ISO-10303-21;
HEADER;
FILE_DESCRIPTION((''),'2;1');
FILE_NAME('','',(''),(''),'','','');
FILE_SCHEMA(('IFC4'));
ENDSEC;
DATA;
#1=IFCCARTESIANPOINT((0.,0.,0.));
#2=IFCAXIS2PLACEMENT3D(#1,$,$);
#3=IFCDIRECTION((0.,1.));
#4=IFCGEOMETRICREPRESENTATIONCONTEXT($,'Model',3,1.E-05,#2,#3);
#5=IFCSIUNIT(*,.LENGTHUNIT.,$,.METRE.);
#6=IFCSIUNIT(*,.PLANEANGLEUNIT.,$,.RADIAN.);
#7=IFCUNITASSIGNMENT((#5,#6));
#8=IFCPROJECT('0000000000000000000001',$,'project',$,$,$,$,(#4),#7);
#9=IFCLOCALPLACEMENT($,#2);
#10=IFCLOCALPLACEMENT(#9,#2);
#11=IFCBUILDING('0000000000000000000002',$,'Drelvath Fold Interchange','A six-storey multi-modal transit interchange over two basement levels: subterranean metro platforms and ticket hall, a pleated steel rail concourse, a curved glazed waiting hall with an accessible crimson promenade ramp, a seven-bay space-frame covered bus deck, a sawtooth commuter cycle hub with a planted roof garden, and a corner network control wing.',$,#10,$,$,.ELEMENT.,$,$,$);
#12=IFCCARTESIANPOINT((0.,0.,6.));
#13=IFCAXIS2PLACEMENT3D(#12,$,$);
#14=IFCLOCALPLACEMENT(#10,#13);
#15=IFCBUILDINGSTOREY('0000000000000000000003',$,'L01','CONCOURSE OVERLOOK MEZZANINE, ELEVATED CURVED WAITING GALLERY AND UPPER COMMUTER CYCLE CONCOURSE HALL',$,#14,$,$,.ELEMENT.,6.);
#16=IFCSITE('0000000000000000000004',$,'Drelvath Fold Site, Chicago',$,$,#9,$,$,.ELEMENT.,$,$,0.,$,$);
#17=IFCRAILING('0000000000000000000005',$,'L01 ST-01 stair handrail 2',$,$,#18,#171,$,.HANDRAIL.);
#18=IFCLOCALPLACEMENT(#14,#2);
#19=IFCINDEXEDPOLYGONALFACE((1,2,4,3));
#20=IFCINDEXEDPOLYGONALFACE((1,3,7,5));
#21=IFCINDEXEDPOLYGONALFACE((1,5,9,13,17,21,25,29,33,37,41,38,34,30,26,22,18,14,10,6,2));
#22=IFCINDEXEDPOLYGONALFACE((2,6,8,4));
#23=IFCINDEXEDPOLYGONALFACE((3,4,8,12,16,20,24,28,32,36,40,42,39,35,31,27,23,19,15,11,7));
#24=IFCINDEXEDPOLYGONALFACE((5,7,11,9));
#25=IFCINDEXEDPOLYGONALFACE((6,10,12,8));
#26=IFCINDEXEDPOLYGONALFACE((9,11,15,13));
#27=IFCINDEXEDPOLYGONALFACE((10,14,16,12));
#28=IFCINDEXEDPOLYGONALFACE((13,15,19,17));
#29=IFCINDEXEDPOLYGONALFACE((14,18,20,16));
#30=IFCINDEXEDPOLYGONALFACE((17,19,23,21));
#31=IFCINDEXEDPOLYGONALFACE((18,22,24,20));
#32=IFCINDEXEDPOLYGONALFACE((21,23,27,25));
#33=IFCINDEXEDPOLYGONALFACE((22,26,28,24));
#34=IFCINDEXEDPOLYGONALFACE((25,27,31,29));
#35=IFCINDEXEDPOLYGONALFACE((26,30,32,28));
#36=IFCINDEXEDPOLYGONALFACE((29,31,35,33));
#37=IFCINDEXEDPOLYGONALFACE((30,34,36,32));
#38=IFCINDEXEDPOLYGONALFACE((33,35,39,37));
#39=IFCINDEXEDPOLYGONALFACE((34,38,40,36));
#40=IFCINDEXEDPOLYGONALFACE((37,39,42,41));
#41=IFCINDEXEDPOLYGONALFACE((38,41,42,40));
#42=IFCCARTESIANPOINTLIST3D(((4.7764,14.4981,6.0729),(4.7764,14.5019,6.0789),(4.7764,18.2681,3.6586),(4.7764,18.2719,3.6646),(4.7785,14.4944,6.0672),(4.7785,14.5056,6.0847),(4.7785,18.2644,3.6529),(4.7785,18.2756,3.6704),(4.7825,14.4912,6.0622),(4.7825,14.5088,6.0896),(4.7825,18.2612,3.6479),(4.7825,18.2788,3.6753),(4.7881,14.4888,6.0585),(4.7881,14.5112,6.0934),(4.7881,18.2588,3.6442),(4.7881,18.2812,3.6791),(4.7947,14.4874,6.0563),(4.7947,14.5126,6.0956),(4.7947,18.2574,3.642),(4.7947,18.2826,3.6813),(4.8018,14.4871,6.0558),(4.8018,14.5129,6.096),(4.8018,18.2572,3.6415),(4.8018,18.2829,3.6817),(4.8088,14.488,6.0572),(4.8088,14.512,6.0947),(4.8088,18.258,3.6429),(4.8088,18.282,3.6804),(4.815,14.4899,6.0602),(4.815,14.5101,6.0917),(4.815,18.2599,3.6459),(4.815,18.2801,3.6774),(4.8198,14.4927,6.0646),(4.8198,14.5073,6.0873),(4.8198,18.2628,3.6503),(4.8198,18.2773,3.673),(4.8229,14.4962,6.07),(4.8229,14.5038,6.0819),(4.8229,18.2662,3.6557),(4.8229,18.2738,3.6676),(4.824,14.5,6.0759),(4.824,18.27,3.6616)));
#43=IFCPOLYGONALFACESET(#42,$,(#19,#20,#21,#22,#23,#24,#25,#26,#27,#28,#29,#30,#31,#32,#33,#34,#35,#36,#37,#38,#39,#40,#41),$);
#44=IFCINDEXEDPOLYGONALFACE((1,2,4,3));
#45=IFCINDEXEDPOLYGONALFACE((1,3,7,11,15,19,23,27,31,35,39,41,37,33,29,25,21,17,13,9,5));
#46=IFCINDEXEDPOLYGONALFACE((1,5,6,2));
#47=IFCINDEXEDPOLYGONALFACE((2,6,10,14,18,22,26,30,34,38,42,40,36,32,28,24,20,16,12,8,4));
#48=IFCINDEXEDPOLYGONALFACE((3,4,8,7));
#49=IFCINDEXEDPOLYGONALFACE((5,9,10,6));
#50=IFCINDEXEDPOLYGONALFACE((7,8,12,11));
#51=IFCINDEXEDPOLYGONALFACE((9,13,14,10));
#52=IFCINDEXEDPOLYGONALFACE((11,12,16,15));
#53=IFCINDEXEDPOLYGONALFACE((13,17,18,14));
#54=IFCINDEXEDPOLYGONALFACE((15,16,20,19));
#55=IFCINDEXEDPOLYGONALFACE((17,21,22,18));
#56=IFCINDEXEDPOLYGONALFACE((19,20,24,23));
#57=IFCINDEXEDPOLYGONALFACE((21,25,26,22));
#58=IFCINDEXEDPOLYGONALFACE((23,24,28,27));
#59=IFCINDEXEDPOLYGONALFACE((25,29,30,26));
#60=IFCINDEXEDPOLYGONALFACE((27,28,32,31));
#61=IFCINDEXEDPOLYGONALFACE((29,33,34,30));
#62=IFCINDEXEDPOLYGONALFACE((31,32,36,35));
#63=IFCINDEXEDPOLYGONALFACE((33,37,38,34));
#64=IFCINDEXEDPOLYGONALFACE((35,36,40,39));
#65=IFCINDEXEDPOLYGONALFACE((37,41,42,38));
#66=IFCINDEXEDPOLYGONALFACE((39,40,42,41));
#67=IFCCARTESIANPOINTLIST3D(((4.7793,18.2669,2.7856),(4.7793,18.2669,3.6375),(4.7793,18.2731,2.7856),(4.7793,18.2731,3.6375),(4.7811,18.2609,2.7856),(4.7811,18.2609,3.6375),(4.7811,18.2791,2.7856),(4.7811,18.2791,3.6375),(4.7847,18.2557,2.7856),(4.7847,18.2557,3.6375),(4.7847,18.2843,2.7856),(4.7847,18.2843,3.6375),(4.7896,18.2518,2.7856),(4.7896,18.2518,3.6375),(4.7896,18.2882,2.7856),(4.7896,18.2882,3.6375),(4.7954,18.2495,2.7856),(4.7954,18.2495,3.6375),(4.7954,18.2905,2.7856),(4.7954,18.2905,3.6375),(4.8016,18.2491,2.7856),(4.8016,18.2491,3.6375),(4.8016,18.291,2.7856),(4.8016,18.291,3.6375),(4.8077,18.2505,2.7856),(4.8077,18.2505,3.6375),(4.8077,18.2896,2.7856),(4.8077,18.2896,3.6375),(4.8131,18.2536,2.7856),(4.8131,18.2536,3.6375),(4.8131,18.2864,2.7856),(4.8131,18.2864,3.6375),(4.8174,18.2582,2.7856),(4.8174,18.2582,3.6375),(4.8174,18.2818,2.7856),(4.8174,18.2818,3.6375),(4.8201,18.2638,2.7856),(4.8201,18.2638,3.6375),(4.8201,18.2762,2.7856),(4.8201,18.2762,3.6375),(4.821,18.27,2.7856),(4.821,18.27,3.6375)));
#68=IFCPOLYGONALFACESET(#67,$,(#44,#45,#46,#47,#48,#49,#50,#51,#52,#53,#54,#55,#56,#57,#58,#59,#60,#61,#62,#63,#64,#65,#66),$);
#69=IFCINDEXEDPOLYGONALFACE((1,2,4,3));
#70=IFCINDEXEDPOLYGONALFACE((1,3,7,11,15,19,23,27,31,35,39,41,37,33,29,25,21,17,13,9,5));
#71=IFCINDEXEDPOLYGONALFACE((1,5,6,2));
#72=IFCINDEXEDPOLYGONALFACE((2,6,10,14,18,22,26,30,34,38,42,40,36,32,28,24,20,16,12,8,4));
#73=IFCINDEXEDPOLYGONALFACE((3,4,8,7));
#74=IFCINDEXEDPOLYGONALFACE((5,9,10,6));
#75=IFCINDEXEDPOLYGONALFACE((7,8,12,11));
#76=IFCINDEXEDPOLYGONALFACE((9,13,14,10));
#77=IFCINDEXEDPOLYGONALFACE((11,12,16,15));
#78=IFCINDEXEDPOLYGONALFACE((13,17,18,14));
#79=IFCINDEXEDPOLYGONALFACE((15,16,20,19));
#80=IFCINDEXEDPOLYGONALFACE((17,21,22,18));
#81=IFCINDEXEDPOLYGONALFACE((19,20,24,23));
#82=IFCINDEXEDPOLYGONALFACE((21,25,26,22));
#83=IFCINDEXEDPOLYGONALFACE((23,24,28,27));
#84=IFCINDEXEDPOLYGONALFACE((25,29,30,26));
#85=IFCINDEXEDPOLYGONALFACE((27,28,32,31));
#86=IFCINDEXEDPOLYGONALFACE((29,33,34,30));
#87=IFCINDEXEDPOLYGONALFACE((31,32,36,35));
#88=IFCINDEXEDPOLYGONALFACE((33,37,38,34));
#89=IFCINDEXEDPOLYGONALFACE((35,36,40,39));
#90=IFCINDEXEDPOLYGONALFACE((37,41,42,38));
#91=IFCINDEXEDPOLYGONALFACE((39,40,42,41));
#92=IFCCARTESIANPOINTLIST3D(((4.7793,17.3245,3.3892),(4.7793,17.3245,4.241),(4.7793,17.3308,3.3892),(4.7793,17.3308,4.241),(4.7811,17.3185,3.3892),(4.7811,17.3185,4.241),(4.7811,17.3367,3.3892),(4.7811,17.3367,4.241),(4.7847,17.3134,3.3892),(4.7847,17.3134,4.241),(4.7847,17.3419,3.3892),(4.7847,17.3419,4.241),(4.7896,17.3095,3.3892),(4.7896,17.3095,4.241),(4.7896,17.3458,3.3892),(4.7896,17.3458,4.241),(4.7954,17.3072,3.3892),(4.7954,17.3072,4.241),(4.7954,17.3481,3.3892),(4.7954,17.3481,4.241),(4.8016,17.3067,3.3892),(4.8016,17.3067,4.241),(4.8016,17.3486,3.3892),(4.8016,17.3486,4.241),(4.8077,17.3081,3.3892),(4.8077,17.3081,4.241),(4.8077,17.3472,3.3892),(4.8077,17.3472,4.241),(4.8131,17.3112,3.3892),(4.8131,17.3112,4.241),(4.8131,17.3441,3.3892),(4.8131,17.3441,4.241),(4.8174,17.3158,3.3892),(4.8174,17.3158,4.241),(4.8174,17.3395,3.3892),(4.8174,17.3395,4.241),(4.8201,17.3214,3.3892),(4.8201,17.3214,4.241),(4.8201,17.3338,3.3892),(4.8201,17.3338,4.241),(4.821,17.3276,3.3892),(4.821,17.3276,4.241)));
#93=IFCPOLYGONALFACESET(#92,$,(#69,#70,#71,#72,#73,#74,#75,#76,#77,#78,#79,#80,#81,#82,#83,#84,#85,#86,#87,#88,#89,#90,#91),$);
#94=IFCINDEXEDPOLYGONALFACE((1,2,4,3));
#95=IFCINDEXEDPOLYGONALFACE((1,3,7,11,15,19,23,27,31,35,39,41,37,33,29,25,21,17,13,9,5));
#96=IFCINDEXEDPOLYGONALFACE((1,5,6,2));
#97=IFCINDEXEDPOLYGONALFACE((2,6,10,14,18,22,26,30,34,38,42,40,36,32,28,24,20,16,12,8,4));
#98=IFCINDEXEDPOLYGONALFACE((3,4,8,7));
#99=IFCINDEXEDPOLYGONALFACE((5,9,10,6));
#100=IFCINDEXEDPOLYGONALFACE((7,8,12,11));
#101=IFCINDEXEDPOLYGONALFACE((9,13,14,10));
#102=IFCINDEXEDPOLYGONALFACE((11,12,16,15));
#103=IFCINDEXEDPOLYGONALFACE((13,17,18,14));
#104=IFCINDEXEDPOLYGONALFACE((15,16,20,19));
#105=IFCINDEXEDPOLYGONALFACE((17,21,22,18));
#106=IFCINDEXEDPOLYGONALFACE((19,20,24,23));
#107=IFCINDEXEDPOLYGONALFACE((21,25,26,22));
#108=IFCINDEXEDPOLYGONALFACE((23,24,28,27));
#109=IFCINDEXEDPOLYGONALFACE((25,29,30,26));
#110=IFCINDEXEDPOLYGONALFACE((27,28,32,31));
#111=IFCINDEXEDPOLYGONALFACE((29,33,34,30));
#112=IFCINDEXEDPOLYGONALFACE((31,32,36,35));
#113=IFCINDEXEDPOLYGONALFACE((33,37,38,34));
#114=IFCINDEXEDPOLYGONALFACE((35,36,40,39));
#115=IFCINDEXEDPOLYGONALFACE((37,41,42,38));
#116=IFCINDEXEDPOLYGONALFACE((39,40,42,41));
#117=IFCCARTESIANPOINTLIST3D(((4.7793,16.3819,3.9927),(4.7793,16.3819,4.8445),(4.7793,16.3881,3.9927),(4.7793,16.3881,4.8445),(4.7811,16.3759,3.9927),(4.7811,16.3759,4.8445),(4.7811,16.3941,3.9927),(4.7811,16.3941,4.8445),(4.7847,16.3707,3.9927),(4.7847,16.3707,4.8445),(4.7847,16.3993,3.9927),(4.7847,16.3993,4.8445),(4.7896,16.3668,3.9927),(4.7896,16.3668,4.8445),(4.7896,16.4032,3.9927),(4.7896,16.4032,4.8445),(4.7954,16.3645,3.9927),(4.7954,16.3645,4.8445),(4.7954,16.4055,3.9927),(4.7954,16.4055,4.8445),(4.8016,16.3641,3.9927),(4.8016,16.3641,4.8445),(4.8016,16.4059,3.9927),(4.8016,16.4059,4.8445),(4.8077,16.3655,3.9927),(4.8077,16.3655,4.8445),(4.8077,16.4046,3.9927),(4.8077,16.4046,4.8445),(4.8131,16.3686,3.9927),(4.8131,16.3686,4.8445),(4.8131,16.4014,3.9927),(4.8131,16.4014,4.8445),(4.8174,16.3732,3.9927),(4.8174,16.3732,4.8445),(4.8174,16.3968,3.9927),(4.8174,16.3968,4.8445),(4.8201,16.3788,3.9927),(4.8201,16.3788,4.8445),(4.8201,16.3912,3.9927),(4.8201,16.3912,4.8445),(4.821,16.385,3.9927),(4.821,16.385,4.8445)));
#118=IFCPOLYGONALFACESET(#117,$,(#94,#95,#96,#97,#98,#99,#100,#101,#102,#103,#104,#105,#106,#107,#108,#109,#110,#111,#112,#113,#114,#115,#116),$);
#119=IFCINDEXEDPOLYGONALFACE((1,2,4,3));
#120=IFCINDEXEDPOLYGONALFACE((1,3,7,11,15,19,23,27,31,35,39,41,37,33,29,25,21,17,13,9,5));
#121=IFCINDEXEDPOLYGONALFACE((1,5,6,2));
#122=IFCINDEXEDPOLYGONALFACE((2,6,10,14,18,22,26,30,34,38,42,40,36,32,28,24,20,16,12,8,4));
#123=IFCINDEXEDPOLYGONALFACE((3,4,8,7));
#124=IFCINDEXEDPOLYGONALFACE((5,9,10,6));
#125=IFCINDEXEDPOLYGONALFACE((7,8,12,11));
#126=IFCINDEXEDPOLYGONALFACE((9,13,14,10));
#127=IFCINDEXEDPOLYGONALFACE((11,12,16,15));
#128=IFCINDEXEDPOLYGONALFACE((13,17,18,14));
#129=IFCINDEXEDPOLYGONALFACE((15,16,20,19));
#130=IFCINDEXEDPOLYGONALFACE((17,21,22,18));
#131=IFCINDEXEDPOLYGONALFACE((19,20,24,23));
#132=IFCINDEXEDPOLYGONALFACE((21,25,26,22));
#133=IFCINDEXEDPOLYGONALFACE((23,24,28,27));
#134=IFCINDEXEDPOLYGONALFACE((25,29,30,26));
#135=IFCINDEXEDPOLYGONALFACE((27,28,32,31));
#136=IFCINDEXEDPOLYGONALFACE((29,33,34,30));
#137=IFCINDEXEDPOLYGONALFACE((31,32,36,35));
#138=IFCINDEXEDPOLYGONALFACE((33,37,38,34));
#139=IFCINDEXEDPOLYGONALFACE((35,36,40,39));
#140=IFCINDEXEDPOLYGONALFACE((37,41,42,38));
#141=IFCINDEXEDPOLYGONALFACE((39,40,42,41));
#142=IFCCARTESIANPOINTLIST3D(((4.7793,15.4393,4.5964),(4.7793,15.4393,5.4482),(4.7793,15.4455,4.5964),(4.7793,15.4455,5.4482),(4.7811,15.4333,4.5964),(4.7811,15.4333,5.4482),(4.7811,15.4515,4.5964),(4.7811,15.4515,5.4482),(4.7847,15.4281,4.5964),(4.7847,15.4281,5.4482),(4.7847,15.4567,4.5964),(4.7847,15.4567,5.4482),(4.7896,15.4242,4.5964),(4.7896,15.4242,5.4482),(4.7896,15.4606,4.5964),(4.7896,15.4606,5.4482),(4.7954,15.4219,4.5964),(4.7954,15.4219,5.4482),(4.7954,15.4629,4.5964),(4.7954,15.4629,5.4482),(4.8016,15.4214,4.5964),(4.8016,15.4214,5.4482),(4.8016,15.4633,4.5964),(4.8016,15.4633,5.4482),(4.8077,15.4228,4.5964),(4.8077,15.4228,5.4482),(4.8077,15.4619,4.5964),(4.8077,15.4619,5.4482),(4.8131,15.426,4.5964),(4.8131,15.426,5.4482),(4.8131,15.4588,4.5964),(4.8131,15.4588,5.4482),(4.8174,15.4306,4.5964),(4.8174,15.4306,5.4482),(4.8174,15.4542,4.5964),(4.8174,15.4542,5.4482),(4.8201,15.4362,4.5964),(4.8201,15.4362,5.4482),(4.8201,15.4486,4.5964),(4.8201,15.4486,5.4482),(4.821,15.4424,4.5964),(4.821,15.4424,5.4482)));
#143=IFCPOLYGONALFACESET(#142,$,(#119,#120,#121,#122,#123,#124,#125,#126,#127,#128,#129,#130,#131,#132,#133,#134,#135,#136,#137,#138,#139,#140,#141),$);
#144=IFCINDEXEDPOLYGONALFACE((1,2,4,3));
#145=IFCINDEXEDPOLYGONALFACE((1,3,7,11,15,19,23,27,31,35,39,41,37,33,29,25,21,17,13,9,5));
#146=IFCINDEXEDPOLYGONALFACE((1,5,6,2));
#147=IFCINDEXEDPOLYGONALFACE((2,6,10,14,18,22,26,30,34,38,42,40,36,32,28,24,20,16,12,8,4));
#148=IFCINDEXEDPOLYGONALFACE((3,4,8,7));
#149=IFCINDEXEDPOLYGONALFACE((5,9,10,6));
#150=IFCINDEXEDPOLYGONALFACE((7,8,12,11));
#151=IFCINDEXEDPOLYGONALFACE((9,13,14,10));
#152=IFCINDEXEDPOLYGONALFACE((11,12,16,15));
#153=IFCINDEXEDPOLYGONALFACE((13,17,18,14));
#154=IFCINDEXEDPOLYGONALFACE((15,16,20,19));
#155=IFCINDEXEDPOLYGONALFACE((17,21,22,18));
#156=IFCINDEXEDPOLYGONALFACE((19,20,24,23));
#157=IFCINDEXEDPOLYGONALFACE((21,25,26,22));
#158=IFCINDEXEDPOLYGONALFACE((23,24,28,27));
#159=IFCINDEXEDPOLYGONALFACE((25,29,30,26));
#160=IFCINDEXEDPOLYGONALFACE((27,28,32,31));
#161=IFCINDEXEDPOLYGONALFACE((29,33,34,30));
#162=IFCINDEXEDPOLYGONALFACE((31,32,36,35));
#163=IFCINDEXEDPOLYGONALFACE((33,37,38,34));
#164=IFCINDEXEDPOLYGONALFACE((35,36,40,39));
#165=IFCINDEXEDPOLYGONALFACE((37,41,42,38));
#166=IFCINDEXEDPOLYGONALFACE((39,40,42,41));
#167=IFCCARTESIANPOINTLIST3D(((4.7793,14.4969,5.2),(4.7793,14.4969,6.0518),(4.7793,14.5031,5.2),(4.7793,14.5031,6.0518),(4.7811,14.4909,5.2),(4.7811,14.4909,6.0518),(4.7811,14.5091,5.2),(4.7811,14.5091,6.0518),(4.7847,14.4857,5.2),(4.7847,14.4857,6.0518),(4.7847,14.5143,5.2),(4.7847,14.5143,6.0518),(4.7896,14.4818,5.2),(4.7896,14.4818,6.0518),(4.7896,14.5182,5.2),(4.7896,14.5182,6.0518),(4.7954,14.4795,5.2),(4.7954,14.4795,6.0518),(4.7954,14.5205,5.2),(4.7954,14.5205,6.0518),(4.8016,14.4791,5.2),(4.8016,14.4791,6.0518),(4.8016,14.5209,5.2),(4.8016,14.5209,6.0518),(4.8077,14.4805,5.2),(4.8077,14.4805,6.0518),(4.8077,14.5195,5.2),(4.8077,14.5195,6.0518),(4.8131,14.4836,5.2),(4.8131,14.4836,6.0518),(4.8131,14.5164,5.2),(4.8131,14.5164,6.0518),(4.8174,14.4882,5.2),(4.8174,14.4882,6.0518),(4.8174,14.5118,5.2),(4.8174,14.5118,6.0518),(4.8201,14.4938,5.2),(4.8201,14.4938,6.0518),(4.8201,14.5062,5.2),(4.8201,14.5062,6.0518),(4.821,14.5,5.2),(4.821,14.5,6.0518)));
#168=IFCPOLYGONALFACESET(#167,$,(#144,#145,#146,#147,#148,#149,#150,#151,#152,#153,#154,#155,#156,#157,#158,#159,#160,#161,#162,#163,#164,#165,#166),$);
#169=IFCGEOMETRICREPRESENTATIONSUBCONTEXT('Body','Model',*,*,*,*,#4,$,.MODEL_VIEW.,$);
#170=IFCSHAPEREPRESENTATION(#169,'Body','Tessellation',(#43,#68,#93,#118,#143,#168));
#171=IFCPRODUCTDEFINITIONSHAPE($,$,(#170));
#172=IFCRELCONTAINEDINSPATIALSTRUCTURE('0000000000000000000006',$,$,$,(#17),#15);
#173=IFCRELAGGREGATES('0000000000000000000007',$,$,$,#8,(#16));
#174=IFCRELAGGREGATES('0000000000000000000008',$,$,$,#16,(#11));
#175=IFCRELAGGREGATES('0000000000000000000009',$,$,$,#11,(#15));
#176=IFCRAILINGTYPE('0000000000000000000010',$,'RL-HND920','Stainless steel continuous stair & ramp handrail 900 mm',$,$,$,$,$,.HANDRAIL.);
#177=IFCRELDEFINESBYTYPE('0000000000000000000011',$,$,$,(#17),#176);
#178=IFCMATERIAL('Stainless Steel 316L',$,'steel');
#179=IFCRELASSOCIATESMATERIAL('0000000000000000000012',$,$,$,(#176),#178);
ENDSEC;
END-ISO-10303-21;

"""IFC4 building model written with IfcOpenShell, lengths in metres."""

from ifc_helpers import new_model, si_unit, direction, frame, origin, origin_2d, place, context, subcontext, project, spatial, circle, extrude, material, type_object, element, save


model = new_model("IFC4")

# Units and contexts
model_context = context("Model", 3, precision=1e-05, world=origin(), true_north=direction((0.0, 1.0)))
body_context = subcontext(model_context, "Body", "Model", "MODEL_VIEW")
ifc_project = project(units=[si_unit("LENGTHUNIT", "METRE"), si_unit("PLANEANGLEUNIT", "RADIAN")], contexts=[model_context])

# Site, building, storey
site_placement = place(None, origin())
site = spatial("IfcSite", under=ifc_project, at=site_placement, Name="Drelvath Fold Site, Chicago", CompositionType="ELEMENT", RefElevation=0.0)
building_placement = place(site_placement, origin())
building = spatial("IfcBuilding", under=site, at=building_placement, Name="Drelvath Fold Interchange", Description="A six-storey multi-modal transit interchange over two basement levels: subterranean metro platforms and ticket hall, a pleated steel rail concourse, a curved glazed waiting hall with an accessible crimson promenade ramp, a seven-bay space-frame covered bus deck, a sawtooth commuter cycle hub with a planted roof garden, and a corner network control wing.", CompositionType="ELEMENT")
storey_placement = place(building_placement, frame((0.0, 0.0, 6.0)))
storey = spatial("IfcBuildingStorey", under=building, at=storey_placement, Name="L01", Description="CONCOURSE OVERLOOK MEZZANINE, ELEVATED CURVED WAITING GALLERY AND UPPER COMMUTER CYCLE CONCOURSE HALL", CompositionType="ELEMENT", Elevation=6.0)

# Railing
ifc_material_1 = material(Name="Stainless Steel 316L", Category="steel")
railing_type_1 = type_object("IfcRailingType", Name="RL-HND920", Description="Stainless steel continuous stair & ramp handrail 900 mm", PredefinedType="HANDRAIL", material=ifc_material_1)
railing_1_placement = place(storey_placement, frame((4.8, 18.27, 2.7856)))
element("IfcRailing", 1, at=railing_1_placement, inside=storey, type_object=railing_type_1, Name="L01 ST-01 stair handrail 2", PredefinedType="HANDRAIL", context=body_context, shape_type="SweptSolid", body=[
    extrude(circle(Radius=0.0239, at=origin_2d()), frame((0.0, 0.0, 0.876), z_axis=(0.0, -0.84212, 0.53929), x_axis=(1.0, 0.0, 0.0)), (0.0, 0.0, 1.0), 4.4768),
    extrude(circle(Radius=0.021, at=origin_2d()), origin(), (0.0, 0.0, 1.0), 0.8518),
    extrude(circle(Radius=0.021, at=origin_2d()), frame((0.0, -0.9424, 0.6035)), (0.0, 0.0, 1.0), 0.8518),
    extrude(circle(Radius=0.021, at=origin_2d()), frame((0.0, -1.885, 1.207)), (0.0, 0.0, 1.0), 0.8518),
    extrude(circle(Radius=0.021, at=origin_2d()), frame((0.0, -2.8276, 1.8108)), (0.0, 0.0, 1.0), 0.8518),
    extrude(circle(Radius=0.021, at=origin_2d()), frame((0.0, -3.77, 2.4143)), (0.0, 0.0, 1.0), 0.8518),
])

save(model, "model.ifc")
